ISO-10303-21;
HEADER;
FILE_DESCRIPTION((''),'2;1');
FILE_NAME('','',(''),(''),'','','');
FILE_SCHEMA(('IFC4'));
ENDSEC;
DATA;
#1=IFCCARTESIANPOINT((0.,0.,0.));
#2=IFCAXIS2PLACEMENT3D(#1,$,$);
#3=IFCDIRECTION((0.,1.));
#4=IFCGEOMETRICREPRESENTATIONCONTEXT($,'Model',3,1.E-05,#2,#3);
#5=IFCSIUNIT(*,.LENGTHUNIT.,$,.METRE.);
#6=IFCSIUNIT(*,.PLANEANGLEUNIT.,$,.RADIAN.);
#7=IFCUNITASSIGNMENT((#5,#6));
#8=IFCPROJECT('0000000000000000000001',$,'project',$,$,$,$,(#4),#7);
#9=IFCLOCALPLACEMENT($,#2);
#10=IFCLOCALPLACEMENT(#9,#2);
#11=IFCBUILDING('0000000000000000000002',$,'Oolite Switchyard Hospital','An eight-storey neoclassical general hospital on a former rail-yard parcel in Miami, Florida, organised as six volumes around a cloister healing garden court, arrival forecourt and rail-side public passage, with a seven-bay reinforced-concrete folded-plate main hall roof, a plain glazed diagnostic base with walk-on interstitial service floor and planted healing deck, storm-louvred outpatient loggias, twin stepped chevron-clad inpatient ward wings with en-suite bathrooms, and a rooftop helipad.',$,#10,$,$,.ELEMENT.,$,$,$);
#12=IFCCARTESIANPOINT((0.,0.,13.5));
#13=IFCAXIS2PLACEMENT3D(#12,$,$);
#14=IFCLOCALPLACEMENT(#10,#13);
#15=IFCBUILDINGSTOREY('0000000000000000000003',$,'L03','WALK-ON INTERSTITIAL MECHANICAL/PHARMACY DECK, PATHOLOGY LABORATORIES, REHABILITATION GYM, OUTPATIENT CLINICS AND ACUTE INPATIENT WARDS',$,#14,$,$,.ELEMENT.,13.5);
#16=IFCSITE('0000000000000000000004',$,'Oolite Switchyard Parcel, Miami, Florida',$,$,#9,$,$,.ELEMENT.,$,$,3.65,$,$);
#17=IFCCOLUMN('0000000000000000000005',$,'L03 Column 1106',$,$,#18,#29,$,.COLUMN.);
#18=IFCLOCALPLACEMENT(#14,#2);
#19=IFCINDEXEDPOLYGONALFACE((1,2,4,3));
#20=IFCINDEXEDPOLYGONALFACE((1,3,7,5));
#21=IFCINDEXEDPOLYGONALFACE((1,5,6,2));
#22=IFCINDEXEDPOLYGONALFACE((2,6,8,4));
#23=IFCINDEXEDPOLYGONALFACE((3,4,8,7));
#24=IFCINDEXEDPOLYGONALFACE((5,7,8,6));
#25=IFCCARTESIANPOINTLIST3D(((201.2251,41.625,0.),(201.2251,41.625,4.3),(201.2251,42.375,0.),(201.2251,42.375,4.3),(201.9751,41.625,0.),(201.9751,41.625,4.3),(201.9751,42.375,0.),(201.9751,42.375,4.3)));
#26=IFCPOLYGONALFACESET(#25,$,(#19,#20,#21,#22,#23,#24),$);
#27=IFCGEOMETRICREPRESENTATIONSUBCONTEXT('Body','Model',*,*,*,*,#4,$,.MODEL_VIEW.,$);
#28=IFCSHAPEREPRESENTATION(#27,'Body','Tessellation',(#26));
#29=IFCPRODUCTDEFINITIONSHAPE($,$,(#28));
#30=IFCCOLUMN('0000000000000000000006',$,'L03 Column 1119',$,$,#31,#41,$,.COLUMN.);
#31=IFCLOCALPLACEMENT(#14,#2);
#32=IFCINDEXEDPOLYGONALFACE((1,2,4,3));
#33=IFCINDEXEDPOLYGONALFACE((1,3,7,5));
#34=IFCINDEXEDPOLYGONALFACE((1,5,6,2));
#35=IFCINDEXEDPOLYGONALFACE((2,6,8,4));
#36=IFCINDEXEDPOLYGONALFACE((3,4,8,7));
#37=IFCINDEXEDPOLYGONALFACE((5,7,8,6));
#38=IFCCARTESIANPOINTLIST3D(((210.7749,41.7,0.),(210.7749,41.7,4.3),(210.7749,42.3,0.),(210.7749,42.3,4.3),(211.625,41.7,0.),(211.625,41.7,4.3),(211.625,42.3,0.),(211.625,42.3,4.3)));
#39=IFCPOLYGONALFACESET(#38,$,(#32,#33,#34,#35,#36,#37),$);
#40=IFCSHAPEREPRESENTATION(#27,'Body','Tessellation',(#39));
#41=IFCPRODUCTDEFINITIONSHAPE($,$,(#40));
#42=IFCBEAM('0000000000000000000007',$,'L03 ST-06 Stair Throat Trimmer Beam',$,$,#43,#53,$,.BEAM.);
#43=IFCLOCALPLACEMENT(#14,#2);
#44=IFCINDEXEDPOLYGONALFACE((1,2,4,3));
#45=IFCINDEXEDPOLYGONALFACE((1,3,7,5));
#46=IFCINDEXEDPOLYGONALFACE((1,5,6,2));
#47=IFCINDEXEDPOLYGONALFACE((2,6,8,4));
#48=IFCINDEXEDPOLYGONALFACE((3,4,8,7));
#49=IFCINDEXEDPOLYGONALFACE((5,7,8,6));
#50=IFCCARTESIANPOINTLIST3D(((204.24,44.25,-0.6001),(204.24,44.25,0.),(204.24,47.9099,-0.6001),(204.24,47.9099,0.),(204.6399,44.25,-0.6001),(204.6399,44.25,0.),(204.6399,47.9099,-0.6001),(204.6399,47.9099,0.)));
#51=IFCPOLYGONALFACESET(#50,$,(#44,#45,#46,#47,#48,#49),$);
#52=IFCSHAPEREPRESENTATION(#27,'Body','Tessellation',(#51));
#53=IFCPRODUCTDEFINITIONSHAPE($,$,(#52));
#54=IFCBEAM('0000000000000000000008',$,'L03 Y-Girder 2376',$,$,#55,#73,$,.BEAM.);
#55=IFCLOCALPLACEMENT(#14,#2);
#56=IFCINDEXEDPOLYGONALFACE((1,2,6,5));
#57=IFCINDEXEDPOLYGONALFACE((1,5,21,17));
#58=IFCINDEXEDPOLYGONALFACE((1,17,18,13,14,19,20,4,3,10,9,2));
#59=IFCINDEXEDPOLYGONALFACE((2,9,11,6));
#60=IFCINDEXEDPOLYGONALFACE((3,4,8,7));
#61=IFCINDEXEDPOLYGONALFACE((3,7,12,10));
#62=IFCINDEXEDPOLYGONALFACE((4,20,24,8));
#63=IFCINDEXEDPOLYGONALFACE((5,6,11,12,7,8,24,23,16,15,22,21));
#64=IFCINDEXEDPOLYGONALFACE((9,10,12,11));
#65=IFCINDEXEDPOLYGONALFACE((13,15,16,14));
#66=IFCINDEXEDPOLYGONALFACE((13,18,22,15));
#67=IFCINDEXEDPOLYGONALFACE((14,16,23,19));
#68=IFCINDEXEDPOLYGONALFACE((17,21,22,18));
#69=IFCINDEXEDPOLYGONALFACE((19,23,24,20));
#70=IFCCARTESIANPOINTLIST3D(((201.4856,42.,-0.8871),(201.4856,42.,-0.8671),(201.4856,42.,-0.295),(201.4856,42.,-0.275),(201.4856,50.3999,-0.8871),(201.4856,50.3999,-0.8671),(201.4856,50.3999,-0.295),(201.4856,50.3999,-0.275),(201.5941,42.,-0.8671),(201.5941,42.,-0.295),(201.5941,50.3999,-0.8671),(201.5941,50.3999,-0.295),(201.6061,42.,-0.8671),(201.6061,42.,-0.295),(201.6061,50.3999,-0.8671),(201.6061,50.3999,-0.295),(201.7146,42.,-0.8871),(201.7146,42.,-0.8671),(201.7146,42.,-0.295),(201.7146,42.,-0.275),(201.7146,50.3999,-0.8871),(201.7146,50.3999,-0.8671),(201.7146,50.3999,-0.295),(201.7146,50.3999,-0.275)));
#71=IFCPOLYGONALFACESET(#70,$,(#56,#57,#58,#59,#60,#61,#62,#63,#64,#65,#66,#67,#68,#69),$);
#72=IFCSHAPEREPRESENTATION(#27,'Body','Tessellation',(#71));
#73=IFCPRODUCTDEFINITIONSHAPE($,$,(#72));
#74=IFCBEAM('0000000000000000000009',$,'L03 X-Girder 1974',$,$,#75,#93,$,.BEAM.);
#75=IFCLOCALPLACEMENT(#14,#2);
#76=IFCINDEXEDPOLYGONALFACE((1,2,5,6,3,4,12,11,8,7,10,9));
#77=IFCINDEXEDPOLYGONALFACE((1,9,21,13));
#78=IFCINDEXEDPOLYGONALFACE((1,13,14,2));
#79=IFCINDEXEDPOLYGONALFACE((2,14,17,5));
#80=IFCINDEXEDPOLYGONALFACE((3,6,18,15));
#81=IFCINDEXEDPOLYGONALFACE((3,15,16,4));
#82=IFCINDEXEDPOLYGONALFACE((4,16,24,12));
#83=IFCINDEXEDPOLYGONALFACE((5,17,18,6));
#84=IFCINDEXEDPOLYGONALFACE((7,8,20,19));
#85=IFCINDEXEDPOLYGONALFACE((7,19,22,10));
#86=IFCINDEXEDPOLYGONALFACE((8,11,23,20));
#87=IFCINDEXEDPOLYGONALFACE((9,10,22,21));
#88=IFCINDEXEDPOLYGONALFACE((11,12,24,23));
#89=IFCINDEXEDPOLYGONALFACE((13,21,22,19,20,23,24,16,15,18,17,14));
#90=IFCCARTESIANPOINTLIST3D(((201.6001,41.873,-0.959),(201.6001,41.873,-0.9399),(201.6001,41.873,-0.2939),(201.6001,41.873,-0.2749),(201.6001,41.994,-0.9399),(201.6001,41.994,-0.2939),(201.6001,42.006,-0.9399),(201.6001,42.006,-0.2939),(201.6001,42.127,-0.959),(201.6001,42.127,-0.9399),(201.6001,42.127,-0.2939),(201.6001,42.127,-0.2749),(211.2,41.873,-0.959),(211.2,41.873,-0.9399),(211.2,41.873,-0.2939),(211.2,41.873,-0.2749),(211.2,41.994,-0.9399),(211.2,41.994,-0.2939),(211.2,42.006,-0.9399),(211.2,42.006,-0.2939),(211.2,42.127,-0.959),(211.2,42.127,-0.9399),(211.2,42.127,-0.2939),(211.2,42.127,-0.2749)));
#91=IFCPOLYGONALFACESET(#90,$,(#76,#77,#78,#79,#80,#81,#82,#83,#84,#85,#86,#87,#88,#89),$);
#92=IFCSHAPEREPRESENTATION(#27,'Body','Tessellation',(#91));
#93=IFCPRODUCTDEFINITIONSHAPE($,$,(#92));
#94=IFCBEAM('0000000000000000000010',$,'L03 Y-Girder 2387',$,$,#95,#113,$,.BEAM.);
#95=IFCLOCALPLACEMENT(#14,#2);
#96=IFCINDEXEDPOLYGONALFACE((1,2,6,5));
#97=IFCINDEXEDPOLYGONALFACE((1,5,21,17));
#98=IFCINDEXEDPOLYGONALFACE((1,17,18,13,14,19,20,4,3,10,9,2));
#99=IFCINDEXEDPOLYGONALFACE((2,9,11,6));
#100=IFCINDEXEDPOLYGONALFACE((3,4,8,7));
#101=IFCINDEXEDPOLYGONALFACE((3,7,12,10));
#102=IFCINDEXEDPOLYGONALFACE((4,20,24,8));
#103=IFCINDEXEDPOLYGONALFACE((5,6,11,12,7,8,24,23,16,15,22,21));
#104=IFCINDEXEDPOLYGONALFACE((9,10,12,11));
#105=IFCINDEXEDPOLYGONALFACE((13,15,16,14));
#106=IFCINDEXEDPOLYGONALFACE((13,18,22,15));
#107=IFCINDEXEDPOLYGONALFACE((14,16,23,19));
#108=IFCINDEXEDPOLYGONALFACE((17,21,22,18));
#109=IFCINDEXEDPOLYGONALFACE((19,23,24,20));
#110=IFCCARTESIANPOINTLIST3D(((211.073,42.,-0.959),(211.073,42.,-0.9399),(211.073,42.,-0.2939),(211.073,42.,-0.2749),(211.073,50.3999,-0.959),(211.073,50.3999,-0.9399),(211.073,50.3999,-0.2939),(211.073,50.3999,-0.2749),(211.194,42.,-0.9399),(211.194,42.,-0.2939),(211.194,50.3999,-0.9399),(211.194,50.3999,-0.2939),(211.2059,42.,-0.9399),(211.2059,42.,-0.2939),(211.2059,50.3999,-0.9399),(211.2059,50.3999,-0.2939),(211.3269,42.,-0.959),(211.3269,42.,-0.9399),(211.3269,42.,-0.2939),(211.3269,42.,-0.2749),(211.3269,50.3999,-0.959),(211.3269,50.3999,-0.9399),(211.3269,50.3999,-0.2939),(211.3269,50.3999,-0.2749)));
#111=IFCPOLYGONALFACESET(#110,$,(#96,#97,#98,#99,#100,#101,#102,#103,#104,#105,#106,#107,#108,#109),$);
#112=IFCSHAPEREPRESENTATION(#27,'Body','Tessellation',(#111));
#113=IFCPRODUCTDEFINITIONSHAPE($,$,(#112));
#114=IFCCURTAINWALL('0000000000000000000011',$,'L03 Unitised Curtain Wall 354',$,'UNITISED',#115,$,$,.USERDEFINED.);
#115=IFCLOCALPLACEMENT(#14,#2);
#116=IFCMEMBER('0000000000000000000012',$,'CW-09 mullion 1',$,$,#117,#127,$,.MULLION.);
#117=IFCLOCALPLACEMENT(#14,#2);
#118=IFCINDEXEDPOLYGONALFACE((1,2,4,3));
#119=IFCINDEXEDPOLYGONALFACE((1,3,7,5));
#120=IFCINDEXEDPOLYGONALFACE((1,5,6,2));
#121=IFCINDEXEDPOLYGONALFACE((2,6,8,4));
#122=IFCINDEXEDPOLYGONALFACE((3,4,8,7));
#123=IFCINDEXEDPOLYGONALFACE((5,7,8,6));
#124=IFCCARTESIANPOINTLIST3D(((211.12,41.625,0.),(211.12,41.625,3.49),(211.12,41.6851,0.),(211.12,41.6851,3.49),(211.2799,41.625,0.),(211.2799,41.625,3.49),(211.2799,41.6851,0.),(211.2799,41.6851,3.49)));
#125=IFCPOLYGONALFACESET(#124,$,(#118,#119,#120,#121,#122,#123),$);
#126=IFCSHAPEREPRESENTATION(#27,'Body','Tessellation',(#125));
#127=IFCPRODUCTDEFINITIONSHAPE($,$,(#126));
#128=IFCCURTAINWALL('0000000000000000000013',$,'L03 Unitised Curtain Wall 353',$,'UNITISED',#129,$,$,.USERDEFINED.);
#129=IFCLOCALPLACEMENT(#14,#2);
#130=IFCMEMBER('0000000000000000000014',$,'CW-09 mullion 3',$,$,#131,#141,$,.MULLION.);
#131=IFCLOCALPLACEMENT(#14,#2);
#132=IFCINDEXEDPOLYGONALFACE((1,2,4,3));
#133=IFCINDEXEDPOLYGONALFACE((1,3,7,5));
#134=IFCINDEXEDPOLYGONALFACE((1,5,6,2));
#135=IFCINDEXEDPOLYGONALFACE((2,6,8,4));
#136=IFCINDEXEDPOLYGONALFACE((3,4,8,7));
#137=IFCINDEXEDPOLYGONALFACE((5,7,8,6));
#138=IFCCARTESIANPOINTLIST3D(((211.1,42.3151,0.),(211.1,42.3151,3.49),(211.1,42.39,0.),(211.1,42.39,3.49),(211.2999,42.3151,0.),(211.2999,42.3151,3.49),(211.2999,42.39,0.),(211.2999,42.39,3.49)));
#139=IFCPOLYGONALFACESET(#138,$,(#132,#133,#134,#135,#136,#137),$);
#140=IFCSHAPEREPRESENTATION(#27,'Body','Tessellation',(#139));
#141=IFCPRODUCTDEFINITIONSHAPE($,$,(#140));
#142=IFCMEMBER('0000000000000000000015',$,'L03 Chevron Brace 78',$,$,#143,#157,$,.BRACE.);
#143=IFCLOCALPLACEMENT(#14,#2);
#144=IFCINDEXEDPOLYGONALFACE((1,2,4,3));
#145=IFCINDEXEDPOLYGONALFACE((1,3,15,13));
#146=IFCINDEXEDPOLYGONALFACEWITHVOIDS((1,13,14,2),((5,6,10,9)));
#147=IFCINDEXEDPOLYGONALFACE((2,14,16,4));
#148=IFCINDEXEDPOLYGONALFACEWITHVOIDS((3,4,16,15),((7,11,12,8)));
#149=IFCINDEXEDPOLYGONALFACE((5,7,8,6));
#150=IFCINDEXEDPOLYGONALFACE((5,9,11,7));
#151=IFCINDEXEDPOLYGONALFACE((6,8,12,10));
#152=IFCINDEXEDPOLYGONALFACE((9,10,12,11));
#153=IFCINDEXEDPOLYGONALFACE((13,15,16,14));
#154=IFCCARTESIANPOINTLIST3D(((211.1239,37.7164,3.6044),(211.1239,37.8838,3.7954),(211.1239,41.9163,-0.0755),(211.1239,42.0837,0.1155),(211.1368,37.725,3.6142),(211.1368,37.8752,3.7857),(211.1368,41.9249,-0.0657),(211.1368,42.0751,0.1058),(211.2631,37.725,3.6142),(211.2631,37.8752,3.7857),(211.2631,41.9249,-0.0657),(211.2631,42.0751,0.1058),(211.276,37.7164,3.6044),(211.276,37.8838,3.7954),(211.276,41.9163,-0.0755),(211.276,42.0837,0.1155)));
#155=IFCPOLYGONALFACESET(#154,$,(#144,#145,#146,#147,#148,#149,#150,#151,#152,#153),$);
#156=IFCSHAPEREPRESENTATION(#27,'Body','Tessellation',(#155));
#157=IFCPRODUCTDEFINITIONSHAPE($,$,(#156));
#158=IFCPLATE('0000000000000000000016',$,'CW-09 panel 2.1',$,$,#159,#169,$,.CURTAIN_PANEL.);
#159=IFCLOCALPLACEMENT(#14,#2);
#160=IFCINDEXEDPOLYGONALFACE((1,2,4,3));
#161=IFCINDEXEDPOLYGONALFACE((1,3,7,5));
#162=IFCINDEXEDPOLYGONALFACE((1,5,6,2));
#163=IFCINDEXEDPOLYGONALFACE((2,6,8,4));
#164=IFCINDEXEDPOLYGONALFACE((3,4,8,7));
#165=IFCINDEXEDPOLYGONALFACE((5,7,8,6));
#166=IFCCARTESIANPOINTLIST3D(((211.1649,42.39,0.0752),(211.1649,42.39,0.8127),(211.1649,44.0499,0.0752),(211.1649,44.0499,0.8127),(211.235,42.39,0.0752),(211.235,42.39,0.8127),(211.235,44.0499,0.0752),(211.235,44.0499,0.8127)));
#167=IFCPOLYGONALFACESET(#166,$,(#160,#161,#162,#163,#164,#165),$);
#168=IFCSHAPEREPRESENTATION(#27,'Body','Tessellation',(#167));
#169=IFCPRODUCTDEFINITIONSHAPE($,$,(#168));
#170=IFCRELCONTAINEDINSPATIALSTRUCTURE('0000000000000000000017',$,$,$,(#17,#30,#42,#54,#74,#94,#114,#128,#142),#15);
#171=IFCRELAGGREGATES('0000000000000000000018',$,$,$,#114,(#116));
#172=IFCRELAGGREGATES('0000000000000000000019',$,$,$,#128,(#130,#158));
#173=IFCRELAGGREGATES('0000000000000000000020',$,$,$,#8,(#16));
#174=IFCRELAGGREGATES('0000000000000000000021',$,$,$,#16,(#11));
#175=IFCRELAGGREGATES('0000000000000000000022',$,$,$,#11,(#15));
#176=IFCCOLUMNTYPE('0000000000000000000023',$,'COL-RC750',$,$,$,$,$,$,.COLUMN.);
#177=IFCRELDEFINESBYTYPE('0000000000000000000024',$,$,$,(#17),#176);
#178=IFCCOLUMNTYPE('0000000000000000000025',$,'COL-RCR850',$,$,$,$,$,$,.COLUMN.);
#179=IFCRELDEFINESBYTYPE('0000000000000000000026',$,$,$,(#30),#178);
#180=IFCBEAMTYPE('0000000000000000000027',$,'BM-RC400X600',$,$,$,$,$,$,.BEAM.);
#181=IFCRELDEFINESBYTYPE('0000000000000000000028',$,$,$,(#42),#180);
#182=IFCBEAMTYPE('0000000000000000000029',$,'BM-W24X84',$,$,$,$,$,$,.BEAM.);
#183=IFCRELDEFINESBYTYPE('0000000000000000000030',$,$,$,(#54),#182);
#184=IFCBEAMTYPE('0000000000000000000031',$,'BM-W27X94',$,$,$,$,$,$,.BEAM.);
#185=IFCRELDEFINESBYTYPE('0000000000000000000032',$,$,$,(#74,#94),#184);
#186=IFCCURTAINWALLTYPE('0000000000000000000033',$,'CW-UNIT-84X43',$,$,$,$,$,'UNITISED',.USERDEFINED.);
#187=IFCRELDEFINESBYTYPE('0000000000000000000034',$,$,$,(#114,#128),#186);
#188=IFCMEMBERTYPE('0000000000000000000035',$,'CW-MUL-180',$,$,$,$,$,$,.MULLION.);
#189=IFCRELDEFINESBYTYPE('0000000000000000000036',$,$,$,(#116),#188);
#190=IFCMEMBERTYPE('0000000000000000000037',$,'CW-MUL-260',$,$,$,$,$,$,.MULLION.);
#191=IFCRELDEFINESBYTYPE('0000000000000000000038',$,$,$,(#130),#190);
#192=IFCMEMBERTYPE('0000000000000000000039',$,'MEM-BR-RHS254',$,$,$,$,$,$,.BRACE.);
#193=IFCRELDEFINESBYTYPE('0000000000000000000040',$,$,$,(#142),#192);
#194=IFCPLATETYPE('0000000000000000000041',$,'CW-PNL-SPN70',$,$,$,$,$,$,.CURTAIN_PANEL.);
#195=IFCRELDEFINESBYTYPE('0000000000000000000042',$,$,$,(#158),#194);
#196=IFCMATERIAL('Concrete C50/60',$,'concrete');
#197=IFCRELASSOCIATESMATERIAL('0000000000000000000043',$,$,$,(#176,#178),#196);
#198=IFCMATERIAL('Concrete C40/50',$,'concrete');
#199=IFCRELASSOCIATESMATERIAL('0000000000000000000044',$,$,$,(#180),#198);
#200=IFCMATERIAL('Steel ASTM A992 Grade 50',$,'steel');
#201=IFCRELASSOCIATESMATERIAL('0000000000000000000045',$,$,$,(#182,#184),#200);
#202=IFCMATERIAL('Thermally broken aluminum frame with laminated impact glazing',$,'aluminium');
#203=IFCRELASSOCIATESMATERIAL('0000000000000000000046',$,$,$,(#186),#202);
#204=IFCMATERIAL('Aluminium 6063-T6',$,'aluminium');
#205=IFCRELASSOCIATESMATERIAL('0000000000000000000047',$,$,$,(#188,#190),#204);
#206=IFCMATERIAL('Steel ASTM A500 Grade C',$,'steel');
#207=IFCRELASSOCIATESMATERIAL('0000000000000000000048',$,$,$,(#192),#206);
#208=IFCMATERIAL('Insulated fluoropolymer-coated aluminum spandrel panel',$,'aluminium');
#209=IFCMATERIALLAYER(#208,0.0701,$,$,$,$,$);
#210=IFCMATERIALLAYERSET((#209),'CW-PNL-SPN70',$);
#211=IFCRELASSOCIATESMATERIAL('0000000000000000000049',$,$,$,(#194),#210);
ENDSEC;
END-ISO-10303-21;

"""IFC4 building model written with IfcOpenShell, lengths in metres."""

from ifc_helpers import new_model, si_unit, direction, frame, origin, origin_2d, place, context, subcontext, project, spatial, rectangle, hollow_rectangle, i_section, extrude, material, layer, layer_set, material_profile, profile_set, type_object, element, aggregate, save


model = new_model("IFC4")

# Units and contexts
model_context = context("Model", 3, precision=1e-05, world=origin(), true_north=direction((0.0, 1.0)))
body_context = subcontext(model_context, "Body", "Model", "MODEL_VIEW")
ifc_project = project(units=[si_unit("LENGTHUNIT", "METRE"), si_unit("PLANEANGLEUNIT", "RADIAN")], contexts=[model_context])

# Site, building, storey
site_placement = place(None, origin())
site = spatial("IfcSite", under=ifc_project, at=site_placement, Name="Oolite Switchyard Parcel, Miami, Florida", CompositionType="ELEMENT", RefElevation=3.65)
building_placement = place(site_placement, origin())
building = spatial("IfcBuilding", under=site, at=building_placement, Name="Oolite Switchyard Hospital", Description="An eight-storey neoclassical general hospital on a former rail-yard parcel in Miami, Florida, organised as six volumes around a cloister healing garden court, arrival forecourt and rail-side public passage, with a seven-bay reinforced-concrete folded-plate main hall roof, a plain glazed diagnostic base with walk-on interstitial service floor and planted healing deck, storm-louvred outpatient loggias, twin stepped chevron-clad inpatient ward wings with en-suite bathrooms, and a rooftop helipad.", CompositionType="ELEMENT")
storey_placement = place(building_placement, frame((0.0, 0.0, 13.5)))
storey = spatial("IfcBuildingStorey", under=building, at=storey_placement, Name="L03", Description="WALK-ON INTERSTITIAL MECHANICAL/PHARMACY DECK, PATHOLOGY LABORATORIES, REHABILITATION GYM, OUTPATIENT CLINICS AND ACUTE INPATIENT WARDS", CompositionType="ELEMENT", Elevation=13.5)

# Columns
ifc_material_1 = material(Name="Concrete C50/60", Category="concrete")
ifc_material_profile_1 = material_profile(ifc_material_1, rectangle(XDim=0.75, YDim=0.75, at=origin_2d()), Name="RC750X750")
ifc_profile_set_1 = profile_set([ifc_material_profile_1], Name="Concrete C50/60")
column_type_1 = type_object("IfcColumnType", Name="COL-RC750", PredefinedType="COLUMN", material=ifc_profile_set_1)
column_1_placement = place(storey_placement, frame((201.6001, 42.0, 0.0), z_axis=(0.0, 0.0, 1.0), x_axis=(1.0, 0.0, 0.0)))
element("IfcColumn", 1, at=column_1_placement, inside=storey, type_object=column_type_1, Name="L03 Column 1106", PredefinedType="COLUMN", context=body_context, shape_type="SweptSolid", body=[
    extrude(rectangle(XDim=0.75, YDim=0.75, at=origin_2d()), origin(), (0.0, 0.0, 1.0), 4.3),
])
ifc_material_profile_2 = material_profile(ifc_material_1, rectangle(XDim=0.8501, YDim=0.6001, at=origin_2d()), Name="RC850X600")
ifc_profile_set_2 = profile_set([ifc_material_profile_2], Name="Concrete C50/60")
column_type_2 = type_object("IfcColumnType", Name="COL-RCR850", PredefinedType="COLUMN", material=ifc_profile_set_2)
column_2_placement = place(storey_placement, frame((211.2, 42.0, 0.0), z_axis=(0.0, 0.0, 1.0), x_axis=(1.0, 0.0, 0.0)))
element("IfcColumn", 2, at=column_2_placement, inside=storey, type_object=column_type_2, Name="L03 Column 1119", PredefinedType="COLUMN", context=body_context, shape_type="SweptSolid", body=[
    extrude(rectangle(XDim=0.8501, YDim=0.6001, at=origin_2d()), origin(), (0.0, 0.0, 1.0), 4.3),
])

# Beams
ifc_material_2 = material(Name="Concrete C40/50", Category="concrete")
ifc_material_profile_3 = material_profile(ifc_material_2, rectangle(XDim=0.3999, YDim=0.6001, at=origin_2d()), Name="RCB400X600")
ifc_profile_set_3 = profile_set([ifc_material_profile_3], Name="Concrete C40/50")
beam_type_1 = type_object("IfcBeamType", Name="BM-RC400X600", PredefinedType="BEAM", material=ifc_profile_set_3)
beam_1_placement = place(storey_placement, frame((204.4399, 44.25, -0.3), z_axis=(0.0, 1.0, 0.0), x_axis=(-1.0, 0.0, 0.0)))
element("IfcBeam", 3, at=beam_1_placement, inside=storey, type_object=beam_type_1, Name="L03 ST-06 Stair Throat Trimmer Beam", PredefinedType="BEAM", context=body_context, shape_type="SweptSolid", body=[
    extrude(rectangle(XDim=0.3999, YDim=0.6001, at=origin_2d()), origin(), (0.0, 0.0, 1.0), 3.6599),
])
ifc_material_3 = material(Name="Steel ASTM A992 Grade 50", Category="steel")
ifc_material_profile_4 = material_profile(ifc_material_3, i_section(OverallWidth=0.229, OverallDepth=0.6121, WebThickness=0.012, FlangeThickness=0.02, at=origin_2d()), Name="W24X84")
ifc_profile_set_4 = profile_set([ifc_material_profile_4], Name="Steel ASTM A992 Grade 50")
beam_type_2 = type_object("IfcBeamType", Name="BM-W24X84", PredefinedType="BEAM", material=ifc_profile_set_4)
beam_2_placement = place(storey_placement, frame((201.6001, 42.0, -0.5811), z_axis=(0.0, 1.0, 0.0), x_axis=(-1.0, 0.0, 0.0)))
element("IfcBeam", 4, at=beam_2_placement, inside=storey, type_object=beam_type_2, Name="L03 Y-Girder 2376", PredefinedType="BEAM", context=body_context, shape_type="SweptSolid", body=[
    extrude(i_section(OverallWidth=0.229, OverallDepth=0.6121, WebThickness=0.012, FlangeThickness=0.02, at=origin_2d()), origin(), (0.0, 0.0, 1.0), 8.3999),
])
ifc_material_profile_5 = material_profile(ifc_material_3, i_section(OverallWidth=0.2539, OverallDepth=0.6841, WebThickness=0.012, FlangeThickness=0.019, at=origin_2d()), Name="W27X94")
ifc_profile_set_5 = profile_set([ifc_material_profile_5], Name="Steel ASTM A992 Grade 50")
beam_type_3 = type_object("IfcBeamType", Name="BM-W27X94", PredefinedType="BEAM", material=ifc_profile_set_5)
beam_3_placement = place(storey_placement, frame((201.6001, 42.0, -0.6169), z_axis=(1.0, 0.0, 0.0), x_axis=(0.0, 1.0, 0.0)))
element("IfcBeam", 5, at=beam_3_placement, inside=storey, type_object=beam_type_3, Name="L03 X-Girder 1974", PredefinedType="BEAM", context=body_context, shape_type="SweptSolid", body=[
    extrude(i_section(OverallWidth=0.2539, OverallDepth=0.6841, WebThickness=0.012, FlangeThickness=0.019, at=origin_2d()), origin(), (0.0, 0.0, 1.0), 9.5999),
])
beam_4_placement = place(storey_placement, frame((211.2, 42.0, -0.6169), z_axis=(0.0, 1.0, 0.0), x_axis=(-1.0, 0.0, 0.0)))
element("IfcBeam", 6, at=beam_4_placement, inside=storey, type_object=beam_type_3, Name="L03 Y-Girder 2387", PredefinedType="BEAM", context=body_context, shape_type="SweptSolid", body=[
    extrude(i_section(OverallWidth=0.2539, OverallDepth=0.6841, WebThickness=0.012, FlangeThickness=0.019, at=origin_2d()), origin(), (0.0, 0.0, 1.0), 8.3999),
])

# Curtain walls, members
ifc_material_4 = material(Name="Thermally broken aluminum frame with laminated impact glazing", Category="aluminium")
curtain_wall_type = type_object("IfcCurtainWallType", Name="CW-UNIT-84X43", ElementType="UNITISED", PredefinedType="USERDEFINED", material=ifc_material_4)
curtain_wall_1_placement = place(storey_placement, origin())
curtain_wall_1 = element("IfcCurtainWall", 7, at=curtain_wall_1_placement, inside=storey, type_object=curtain_wall_type, Name="L03 Unitised Curtain Wall 354", ObjectType="UNITISED", PredefinedType="USERDEFINED")
ifc_material_5 = material(Name="Aluminium 6063-T6", Category="aluminium")
ifc_material_profile_6 = material_profile(ifc_material_5, rectangle(XDim=0.1599, YDim=0.0601, at=origin_2d()), Name="CWM60X160")
ifc_profile_set_6 = profile_set([ifc_material_profile_6], Name="Aluminium 6063-T6")
member_type_1 = type_object("IfcMemberType", Name="CW-MUL-180", PredefinedType="MULLION", material=ifc_profile_set_6)
member_1_placement = place(storey_placement, frame((211.2, 41.655, 0.0), z_axis=(0.0, 0.0, 1.0), x_axis=(1.0, 0.0, 0.0)))
member_1 = element("IfcMember", 8, at=member_1_placement, type_object=member_type_1, Name="CW-09 mullion 1", PredefinedType="MULLION", context=body_context, shape_type="SweptSolid", body=[
    extrude(rectangle(XDim=0.1599, YDim=0.0601, at=origin_2d()), origin(), (0.0, 0.0, 1.0), 3.49),
])
aggregate(curtain_wall_1, [member_1])
curtain_wall_2_placement = place(storey_placement, origin())
curtain_wall_2 = element("IfcCurtainWall", 9, at=curtain_wall_2_placement, inside=storey, type_object=curtain_wall_type, Name="L03 Unitised Curtain Wall 353", ObjectType="UNITISED", PredefinedType="USERDEFINED")
ifc_material_profile_7 = material_profile(ifc_material_5, rectangle(XDim=0.2, YDim=0.075, at=origin_2d()), Name="CWM75X200")
ifc_profile_set_7 = profile_set([ifc_material_profile_7], Name="Aluminium 6063-T6")
member_type_2 = type_object("IfcMemberType", Name="CW-MUL-260", PredefinedType="MULLION", material=ifc_profile_set_7)
member_2_placement = place(storey_placement, frame((211.2, 42.3525, 0.0), z_axis=(0.0, 0.0, 1.0), x_axis=(1.0, 0.0, 0.0)))
member_2 = element("IfcMember", 10, at=member_2_placement, type_object=member_type_2, Name="CW-09 mullion 3", PredefinedType="MULLION", context=body_context, shape_type="SweptSolid", body=[
    extrude(rectangle(XDim=0.2, YDim=0.075, at=origin_2d()), origin(), (0.0, 0.0, 1.0), 3.49),
])

# Member
ifc_material_6 = material(Name="Steel ASTM A500 Grade C", Category="steel")
ifc_material_profile_8 = material_profile(ifc_material_6, hollow_rectangle(XDim=0.1521, YDim=0.2539, WallThickness=0.0129, at=origin_2d()), Name="HSS254X152X13")
ifc_profile_set_8 = profile_set([ifc_material_profile_8], Name="Steel ASTM A500 Grade C")
member_type_3 = type_object("IfcMemberType", Name="MEM-BR-RHS254", PredefinedType="BRACE", material=ifc_profile_set_8)
member_3_placement = place(storey_placement, frame((211.2, 42.0, 0.02), z_axis=(0.0, -0.752135, 0.659009), x_axis=(1.0, 0.0, 0.0)))
element("IfcMember", 11, at=member_3_placement, inside=storey, type_object=member_type_3, Name="L03 Chevron Brace 78", PredefinedType="BRACE", context=body_context, shape_type="SweptSolid", body=[
    extrude(hollow_rectangle(XDim=0.1521, YDim=0.2539, WallThickness=0.0129, at=origin_2d()), origin(), (0.0, 0.0, 1.0), 5.584),
])

# Plate
ifc_material_7 = material(Name="Insulated fluoropolymer-coated aluminum spandrel panel", Category="aluminium")
ifc_layer_1 = layer(ifc_material_7, 0.0701)
ifc_layer_set_1 = layer_set([ifc_layer_1], Name="CW-PNL-SPN70")
plate_type_1 = type_object("IfcPlateType", Name="CW-PNL-SPN70", PredefinedType="CURTAIN_PANEL", material=ifc_layer_set_1)
plate_1_placement = place(storey_placement, frame((211.2, 43.22, 0.0752), z_axis=(0.0, 0.0, 1.0), x_axis=(0.0, -1.0, 0.0)))
plate_1 = element("IfcPlate", 12, at=plate_1_placement, type_object=plate_type_1, Name="CW-09 panel 2.1", PredefinedType="CURTAIN_PANEL", context=body_context, shape_type="SweptSolid", body=[
    extrude(rectangle(XDim=1.6599, YDim=0.0701, at=origin_2d()), origin(), (0.0, 0.0, 1.0), 0.7375),
])
aggregate(curtain_wall_2, [member_2, plate_1])

save(model, "model.ifc")
